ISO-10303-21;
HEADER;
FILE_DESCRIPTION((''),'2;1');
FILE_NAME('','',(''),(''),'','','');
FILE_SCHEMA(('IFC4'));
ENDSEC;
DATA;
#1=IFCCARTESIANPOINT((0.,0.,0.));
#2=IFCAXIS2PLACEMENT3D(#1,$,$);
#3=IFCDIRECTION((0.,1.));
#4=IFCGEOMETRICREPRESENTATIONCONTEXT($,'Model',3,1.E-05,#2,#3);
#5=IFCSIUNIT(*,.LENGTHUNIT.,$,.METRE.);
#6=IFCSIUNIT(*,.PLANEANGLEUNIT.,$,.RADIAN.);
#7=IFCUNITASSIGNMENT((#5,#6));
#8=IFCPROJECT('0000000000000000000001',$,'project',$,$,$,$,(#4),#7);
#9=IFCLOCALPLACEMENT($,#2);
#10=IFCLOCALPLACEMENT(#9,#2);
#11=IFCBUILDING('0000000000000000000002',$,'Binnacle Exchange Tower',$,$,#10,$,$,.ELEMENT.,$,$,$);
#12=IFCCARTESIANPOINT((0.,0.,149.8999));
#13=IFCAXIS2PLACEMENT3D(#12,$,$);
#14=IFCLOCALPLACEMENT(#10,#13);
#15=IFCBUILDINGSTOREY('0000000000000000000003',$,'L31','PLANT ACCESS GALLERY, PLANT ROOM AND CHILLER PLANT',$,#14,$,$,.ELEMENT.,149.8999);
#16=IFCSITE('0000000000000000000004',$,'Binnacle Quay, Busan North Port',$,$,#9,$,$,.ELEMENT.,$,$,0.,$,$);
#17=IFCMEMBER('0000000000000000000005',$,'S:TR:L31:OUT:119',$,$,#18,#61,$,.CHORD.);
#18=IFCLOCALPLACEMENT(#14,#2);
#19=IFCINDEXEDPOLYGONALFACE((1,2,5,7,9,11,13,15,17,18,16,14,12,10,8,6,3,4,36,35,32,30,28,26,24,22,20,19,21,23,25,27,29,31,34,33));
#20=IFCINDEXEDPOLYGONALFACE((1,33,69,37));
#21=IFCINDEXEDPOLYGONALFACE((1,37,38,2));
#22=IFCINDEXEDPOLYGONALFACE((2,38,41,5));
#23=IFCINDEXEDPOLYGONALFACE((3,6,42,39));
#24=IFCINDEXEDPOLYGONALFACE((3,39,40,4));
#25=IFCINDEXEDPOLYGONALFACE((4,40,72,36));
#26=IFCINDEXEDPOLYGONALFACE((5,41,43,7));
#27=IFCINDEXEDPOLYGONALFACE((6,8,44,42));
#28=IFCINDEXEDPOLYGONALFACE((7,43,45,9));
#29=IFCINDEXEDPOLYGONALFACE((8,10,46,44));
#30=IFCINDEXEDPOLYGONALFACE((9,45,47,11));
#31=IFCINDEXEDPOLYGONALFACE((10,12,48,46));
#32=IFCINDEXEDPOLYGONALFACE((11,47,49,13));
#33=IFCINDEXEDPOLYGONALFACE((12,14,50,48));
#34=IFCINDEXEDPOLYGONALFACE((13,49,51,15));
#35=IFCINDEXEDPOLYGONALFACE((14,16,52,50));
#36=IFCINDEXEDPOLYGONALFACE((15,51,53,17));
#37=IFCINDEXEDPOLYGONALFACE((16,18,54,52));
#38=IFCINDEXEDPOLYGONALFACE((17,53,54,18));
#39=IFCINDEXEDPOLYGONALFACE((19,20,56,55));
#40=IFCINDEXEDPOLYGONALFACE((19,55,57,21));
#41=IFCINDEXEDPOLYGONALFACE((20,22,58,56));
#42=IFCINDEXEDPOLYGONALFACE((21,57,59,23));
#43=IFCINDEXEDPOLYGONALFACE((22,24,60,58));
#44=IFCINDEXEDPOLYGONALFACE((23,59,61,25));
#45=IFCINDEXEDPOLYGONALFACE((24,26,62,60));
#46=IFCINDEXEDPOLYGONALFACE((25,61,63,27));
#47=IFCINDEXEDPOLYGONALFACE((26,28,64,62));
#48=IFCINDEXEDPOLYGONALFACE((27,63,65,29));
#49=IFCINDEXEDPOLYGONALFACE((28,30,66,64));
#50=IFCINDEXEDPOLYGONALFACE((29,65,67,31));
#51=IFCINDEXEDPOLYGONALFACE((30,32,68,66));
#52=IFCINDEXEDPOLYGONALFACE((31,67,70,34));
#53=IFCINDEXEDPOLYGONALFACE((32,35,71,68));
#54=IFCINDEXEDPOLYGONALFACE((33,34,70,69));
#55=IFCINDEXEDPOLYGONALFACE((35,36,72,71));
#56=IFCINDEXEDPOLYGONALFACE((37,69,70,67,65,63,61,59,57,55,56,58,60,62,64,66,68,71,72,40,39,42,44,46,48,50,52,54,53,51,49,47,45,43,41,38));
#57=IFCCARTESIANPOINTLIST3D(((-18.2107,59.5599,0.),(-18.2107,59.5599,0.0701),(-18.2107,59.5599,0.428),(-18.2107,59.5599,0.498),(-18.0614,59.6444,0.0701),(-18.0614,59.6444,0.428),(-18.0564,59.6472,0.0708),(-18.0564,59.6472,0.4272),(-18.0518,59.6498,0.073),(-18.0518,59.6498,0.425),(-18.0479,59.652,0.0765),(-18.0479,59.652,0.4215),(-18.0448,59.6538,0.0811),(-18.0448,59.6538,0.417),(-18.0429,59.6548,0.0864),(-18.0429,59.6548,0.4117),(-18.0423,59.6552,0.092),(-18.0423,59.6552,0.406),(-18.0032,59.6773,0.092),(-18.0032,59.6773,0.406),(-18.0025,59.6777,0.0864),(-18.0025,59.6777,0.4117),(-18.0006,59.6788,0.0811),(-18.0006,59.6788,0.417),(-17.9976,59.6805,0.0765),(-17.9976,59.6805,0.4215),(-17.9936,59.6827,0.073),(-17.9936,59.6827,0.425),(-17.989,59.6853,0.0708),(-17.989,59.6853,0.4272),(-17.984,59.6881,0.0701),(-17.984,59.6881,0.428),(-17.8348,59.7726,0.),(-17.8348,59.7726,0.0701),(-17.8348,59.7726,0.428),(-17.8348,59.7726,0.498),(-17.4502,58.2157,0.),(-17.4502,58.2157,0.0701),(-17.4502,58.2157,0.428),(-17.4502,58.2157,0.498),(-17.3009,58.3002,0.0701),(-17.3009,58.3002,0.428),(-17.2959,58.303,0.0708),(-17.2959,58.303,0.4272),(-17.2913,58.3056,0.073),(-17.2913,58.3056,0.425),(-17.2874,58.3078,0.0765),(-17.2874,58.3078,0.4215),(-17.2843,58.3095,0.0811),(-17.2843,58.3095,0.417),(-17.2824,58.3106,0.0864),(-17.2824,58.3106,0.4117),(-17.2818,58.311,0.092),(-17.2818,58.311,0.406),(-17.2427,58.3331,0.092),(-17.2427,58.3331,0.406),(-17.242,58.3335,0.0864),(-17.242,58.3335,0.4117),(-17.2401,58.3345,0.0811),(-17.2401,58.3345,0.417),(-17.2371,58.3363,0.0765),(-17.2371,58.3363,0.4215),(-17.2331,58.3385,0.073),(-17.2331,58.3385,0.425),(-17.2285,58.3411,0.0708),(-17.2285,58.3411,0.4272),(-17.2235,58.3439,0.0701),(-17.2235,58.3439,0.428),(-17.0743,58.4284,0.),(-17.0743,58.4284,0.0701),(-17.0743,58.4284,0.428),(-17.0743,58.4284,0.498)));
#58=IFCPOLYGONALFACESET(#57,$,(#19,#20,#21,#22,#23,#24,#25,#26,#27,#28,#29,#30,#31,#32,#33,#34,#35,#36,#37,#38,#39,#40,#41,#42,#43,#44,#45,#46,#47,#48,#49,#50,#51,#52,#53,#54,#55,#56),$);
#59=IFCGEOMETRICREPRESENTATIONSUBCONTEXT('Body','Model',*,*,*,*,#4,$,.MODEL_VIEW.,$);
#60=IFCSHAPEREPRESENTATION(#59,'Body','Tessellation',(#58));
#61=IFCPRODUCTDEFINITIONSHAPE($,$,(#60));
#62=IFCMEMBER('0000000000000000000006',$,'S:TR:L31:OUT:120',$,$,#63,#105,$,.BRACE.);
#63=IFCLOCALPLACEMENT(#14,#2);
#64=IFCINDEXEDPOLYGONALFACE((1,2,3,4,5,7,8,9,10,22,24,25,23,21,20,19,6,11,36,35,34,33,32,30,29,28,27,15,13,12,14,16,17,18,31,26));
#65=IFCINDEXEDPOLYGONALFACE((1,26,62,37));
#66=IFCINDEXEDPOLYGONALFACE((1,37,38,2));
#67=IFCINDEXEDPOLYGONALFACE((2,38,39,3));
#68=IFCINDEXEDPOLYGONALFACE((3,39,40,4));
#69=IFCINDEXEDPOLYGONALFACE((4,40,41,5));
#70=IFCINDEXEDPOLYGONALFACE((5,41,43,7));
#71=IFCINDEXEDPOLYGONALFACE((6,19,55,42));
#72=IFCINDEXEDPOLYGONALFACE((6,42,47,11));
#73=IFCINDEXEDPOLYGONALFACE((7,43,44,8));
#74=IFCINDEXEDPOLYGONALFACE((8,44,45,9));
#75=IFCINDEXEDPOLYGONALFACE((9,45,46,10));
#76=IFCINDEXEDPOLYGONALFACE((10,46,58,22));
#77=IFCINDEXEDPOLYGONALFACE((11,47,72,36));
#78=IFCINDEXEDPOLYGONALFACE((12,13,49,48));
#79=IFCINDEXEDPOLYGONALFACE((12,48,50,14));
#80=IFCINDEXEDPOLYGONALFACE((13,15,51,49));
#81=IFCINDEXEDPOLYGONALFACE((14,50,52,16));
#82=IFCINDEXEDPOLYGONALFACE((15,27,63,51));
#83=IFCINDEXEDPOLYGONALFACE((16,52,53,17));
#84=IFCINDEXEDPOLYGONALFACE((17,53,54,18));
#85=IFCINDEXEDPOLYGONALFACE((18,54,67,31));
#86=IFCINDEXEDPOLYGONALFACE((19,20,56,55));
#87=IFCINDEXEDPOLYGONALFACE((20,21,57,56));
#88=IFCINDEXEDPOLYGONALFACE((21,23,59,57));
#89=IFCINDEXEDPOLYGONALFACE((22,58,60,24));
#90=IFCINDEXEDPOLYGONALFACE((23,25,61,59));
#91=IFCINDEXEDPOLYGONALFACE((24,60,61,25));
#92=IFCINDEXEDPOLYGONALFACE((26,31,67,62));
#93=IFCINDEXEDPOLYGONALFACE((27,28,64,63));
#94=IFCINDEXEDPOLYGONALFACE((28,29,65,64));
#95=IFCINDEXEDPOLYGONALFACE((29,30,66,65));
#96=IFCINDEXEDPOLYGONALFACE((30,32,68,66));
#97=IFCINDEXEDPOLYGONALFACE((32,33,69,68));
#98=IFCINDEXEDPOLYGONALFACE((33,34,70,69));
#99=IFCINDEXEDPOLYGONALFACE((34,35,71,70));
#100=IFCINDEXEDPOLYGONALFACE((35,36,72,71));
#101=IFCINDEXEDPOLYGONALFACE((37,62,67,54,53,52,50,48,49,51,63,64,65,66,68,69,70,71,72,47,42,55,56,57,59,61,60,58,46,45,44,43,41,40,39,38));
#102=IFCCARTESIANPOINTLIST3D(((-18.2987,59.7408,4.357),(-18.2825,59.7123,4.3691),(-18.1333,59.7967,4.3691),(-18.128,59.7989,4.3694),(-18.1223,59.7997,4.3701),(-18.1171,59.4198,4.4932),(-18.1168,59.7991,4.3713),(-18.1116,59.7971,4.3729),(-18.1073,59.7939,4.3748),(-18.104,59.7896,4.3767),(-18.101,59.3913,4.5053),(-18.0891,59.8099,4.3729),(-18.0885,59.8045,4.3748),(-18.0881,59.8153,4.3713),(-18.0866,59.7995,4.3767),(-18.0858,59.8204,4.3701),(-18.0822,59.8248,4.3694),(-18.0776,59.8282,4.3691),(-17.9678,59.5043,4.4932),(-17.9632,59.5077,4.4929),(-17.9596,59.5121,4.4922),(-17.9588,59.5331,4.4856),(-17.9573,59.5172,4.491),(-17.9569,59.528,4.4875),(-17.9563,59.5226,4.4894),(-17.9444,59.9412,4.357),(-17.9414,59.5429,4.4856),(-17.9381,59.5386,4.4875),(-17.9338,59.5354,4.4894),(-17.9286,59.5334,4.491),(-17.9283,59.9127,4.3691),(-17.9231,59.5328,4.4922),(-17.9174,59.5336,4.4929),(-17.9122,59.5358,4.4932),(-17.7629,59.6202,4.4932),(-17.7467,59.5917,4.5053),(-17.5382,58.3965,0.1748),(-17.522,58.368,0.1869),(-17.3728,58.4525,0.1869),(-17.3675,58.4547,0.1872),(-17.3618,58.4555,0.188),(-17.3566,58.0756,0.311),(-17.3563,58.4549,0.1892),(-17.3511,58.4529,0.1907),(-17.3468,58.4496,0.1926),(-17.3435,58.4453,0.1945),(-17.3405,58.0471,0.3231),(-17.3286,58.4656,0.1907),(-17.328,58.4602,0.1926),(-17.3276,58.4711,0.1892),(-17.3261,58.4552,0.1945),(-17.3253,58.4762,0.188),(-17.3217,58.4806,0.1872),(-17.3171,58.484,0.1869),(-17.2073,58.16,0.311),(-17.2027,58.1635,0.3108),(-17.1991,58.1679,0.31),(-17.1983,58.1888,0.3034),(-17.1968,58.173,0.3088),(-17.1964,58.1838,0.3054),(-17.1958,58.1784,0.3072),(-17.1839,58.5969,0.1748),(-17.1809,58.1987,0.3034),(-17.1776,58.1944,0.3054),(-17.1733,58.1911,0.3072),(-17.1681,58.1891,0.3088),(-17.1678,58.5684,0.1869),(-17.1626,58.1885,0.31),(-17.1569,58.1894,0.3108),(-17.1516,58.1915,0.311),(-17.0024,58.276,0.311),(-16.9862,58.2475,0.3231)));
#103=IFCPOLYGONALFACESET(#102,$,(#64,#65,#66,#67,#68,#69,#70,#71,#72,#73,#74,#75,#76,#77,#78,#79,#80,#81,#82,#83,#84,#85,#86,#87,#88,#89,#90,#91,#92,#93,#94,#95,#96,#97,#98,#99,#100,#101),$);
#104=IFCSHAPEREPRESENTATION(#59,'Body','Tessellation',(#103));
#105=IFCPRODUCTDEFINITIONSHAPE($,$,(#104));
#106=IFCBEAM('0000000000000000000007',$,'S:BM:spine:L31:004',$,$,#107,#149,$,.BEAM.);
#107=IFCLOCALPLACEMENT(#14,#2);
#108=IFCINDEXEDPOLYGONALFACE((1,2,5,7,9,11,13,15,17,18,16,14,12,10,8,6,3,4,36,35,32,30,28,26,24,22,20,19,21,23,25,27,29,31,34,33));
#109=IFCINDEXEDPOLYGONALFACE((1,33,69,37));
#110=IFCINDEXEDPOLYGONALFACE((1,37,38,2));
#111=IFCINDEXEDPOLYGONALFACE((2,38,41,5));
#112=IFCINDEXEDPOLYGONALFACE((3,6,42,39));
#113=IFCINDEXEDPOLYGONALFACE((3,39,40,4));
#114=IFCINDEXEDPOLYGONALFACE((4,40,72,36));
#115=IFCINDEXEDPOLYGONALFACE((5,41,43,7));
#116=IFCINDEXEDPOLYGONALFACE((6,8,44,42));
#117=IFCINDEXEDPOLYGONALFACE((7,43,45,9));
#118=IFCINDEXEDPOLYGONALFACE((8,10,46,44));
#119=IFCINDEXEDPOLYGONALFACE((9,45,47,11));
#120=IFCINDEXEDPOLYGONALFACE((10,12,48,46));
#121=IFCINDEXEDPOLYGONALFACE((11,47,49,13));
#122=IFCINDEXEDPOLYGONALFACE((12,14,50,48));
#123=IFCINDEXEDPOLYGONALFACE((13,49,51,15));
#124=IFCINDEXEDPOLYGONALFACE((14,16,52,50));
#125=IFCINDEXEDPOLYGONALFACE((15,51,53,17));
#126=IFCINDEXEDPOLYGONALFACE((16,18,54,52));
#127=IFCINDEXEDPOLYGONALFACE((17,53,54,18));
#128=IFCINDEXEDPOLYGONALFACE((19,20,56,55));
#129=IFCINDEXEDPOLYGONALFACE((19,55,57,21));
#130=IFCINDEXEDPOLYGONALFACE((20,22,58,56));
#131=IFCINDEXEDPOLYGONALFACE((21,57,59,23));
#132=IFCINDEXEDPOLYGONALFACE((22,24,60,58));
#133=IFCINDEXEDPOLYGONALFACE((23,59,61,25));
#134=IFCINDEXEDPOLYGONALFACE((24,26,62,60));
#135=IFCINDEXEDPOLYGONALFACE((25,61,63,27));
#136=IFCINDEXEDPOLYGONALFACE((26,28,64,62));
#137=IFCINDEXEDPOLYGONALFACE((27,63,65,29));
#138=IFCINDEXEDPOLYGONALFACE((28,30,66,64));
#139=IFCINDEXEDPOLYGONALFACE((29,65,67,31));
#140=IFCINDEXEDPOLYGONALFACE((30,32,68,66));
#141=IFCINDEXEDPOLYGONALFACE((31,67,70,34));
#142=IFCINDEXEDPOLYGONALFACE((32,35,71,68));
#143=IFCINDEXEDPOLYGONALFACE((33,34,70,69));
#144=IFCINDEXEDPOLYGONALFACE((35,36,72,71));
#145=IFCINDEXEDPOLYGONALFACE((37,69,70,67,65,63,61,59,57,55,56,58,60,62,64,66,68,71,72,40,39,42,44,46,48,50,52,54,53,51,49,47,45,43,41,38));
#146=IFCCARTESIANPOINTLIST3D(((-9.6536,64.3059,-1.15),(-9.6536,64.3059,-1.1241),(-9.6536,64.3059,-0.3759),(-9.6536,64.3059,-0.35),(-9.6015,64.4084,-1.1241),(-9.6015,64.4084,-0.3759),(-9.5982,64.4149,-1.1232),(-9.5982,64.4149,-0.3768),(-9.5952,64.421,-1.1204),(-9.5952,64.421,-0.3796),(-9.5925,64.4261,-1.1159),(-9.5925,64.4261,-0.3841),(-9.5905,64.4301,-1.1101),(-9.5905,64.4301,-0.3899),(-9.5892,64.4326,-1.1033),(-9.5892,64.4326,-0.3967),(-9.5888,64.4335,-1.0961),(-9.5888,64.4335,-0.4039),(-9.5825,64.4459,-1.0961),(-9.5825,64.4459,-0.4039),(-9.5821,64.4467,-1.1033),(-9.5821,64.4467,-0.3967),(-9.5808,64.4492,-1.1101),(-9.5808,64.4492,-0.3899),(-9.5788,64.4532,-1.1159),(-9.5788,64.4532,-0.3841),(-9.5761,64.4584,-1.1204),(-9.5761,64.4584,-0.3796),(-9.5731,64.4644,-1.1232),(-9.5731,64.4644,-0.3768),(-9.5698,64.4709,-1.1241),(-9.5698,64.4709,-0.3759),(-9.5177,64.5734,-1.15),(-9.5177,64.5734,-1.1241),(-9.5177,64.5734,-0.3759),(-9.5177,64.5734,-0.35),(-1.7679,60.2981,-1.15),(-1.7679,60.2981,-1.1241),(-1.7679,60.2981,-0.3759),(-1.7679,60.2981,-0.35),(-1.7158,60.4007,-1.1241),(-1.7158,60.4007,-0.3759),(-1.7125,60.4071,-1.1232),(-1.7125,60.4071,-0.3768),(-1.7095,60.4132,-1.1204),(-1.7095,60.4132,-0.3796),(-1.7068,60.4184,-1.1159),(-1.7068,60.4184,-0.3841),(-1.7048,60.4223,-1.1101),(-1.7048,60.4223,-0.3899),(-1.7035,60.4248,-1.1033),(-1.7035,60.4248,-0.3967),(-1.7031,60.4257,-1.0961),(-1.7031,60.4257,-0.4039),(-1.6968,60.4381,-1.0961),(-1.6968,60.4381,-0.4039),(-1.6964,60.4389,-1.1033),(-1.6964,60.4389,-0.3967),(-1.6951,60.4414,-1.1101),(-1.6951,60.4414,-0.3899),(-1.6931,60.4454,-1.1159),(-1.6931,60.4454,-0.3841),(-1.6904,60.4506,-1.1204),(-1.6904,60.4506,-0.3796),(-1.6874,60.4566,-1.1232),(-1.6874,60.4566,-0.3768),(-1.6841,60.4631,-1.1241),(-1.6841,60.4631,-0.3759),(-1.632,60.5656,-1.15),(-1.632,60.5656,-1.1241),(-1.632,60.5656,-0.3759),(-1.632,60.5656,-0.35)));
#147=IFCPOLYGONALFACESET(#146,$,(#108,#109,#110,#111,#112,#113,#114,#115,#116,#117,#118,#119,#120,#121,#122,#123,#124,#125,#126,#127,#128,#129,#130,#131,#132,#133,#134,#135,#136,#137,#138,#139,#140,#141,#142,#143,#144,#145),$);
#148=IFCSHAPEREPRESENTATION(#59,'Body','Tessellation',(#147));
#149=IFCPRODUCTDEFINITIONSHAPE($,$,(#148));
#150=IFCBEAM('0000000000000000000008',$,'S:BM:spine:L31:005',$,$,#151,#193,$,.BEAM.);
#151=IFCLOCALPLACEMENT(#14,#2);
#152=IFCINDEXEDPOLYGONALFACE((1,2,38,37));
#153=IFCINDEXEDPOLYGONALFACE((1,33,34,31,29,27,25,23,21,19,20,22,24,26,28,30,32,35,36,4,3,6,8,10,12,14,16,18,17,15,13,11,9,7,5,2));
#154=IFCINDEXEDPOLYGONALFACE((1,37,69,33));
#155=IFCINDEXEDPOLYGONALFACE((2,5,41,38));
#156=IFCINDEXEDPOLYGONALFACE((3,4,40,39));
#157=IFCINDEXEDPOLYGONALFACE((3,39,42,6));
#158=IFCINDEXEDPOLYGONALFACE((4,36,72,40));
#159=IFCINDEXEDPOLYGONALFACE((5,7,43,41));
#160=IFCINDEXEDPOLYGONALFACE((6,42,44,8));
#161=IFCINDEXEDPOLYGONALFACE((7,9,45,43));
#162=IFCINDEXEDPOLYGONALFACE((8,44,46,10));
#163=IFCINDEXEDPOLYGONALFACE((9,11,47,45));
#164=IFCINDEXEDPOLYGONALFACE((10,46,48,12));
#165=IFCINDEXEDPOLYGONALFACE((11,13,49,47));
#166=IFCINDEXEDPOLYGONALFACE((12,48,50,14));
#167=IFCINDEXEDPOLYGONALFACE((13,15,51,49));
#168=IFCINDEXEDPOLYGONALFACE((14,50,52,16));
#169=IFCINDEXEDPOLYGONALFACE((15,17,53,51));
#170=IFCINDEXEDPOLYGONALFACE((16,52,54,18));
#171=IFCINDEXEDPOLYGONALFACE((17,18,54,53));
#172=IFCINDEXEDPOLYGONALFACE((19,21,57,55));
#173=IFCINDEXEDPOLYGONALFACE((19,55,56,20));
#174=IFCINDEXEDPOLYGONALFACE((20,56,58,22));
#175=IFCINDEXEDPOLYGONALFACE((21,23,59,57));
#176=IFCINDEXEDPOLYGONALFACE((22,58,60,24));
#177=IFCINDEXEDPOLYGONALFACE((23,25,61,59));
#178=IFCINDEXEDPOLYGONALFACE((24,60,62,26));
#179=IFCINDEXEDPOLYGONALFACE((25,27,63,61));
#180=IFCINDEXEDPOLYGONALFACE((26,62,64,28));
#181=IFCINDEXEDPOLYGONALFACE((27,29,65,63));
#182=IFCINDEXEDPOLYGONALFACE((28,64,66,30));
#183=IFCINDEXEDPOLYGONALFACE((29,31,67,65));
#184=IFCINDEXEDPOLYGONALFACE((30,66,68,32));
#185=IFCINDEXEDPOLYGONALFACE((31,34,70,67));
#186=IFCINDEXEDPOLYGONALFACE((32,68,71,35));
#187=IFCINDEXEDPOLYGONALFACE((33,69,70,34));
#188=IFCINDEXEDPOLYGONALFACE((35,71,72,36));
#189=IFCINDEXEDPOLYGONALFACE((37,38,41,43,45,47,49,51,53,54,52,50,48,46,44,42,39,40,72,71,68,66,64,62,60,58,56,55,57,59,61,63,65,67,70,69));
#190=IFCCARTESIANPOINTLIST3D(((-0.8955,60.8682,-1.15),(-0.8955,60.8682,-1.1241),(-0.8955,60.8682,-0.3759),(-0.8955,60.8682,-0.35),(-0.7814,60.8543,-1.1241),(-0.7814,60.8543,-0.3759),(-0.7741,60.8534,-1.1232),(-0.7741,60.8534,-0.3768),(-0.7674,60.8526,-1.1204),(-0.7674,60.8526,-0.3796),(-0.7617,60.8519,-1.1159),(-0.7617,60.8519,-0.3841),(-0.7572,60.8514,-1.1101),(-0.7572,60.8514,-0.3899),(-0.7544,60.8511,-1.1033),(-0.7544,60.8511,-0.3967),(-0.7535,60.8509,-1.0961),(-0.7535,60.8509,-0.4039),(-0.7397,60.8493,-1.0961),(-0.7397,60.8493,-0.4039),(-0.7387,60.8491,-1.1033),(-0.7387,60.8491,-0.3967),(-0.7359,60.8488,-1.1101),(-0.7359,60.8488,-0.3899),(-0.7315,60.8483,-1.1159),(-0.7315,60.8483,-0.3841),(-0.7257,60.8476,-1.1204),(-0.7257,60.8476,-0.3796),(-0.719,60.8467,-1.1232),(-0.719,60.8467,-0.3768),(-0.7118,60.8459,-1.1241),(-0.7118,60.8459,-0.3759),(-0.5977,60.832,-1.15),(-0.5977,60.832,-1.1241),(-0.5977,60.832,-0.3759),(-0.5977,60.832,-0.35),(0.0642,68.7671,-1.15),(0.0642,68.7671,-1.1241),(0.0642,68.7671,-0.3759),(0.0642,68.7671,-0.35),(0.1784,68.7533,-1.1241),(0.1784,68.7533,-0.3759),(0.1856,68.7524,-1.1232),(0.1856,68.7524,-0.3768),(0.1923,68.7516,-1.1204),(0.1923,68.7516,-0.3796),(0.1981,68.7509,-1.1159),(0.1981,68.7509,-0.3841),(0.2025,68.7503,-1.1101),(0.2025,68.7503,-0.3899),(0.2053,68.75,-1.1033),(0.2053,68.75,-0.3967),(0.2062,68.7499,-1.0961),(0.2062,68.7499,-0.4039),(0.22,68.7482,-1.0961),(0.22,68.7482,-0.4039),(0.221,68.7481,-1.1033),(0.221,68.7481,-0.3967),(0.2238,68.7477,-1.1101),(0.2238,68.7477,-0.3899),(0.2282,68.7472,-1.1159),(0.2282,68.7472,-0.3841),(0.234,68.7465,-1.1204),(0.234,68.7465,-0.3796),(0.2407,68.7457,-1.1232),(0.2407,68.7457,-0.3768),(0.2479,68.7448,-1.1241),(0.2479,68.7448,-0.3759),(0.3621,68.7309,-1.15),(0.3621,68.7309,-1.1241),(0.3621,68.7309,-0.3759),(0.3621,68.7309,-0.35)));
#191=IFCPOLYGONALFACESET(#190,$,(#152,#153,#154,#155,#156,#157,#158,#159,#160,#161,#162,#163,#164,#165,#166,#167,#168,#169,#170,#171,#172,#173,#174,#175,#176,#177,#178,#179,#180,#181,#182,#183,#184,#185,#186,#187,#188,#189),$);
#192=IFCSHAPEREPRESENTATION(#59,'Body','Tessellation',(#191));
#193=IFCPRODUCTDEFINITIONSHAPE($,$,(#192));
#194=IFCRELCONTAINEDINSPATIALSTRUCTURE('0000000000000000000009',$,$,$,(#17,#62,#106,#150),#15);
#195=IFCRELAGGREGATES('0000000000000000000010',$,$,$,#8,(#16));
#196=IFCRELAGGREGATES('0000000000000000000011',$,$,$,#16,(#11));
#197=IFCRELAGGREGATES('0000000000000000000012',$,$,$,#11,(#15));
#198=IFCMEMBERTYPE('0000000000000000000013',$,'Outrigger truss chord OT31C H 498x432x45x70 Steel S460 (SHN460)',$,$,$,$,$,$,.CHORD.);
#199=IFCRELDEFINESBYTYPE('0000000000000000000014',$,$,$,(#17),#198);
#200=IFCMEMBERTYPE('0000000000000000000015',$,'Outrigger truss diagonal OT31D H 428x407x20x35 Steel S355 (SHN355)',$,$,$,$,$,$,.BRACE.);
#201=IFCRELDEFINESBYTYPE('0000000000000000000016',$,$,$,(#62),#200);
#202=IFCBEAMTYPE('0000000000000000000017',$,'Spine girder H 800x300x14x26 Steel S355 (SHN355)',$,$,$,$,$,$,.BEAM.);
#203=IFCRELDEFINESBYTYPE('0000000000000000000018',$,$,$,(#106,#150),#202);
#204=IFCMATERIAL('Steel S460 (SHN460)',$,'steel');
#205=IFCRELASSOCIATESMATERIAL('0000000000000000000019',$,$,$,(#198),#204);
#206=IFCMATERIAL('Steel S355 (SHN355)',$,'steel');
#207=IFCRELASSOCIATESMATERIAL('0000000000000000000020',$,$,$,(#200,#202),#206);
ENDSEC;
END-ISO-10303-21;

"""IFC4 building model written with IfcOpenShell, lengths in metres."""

from ifc_helpers import new_model, si_unit, direction, frame, origin, origin_2d, place, context, subcontext, project, spatial, i_section, extrude, material, material_profile, profile_set, type_object, element, save


model = new_model("IFC4")

# Units and contexts
model_context = context("Model", 3, precision=1e-05, world=origin(), true_north=direction((0.0, 1.0)))
body_context = subcontext(model_context, "Body", "Model", "MODEL_VIEW")
ifc_project = project(units=[si_unit("LENGTHUNIT", "METRE"), si_unit("PLANEANGLEUNIT", "RADIAN")], contexts=[model_context])

# Site, building, storey
site_placement = place(None, origin())
site = spatial("IfcSite", under=ifc_project, at=site_placement, Name="Binnacle Quay, Busan North Port", CompositionType="ELEMENT", RefElevation=0.0)
building_placement = place(site_placement, origin())
building = spatial("IfcBuilding", under=site, at=building_placement, Name="Binnacle Exchange Tower", CompositionType="ELEMENT")
storey_placement = place(building_placement, frame((0.0, 0.0, 149.8999)))
storey = spatial("IfcBuildingStorey", under=building, at=storey_placement, Name="L31", Description="PLANT ACCESS GALLERY, PLANT ROOM AND CHILLER PLANT", CompositionType="ELEMENT", Elevation=149.8999)

# Shared definitions
ifc_material_1 = material(Name="Steel S460 (SHN460)", Category="steel")
ifc_material_2 = material(Name="Steel S355 (SHN355)", Category="steel")

# Members
ifc_material_profile_1 = material_profile(ifc_material_1, i_section(OverallWidth=0.4319, OverallDepth=0.498, WebThickness=0.0449, FlangeThickness=0.0701, FilletRadius=0.022, at=origin_2d()), Name="H 498x432x45x70")
ifc_profile_set_1 = profile_set([ifc_material_profile_1], Name="Steel S460 (SHN460)")
member_type_1 = type_object("IfcMemberType", Name="Outrigger truss chord OT31C H 498x432x45x70 Steel S460 (SHN460)", PredefinedType="CHORD", material=ifc_profile_set_1)
member_1_placement = place(storey_placement, frame((-18.0227, 59.6663, 0.249), z_axis=(0.492406, -0.870366, 0.0), x_axis=(0.870366, 0.492406, 0.0)))
element("IfcMember", 1, at=member_1_placement, inside=storey, type_object=member_type_1, Name="S:TR:L31:OUT:119", PredefinedType="CHORD", context=body_context, shape_type="SweptSolid", body=[
    extrude(i_section(OverallWidth=0.4319, OverallDepth=0.498, WebThickness=0.0449, FlangeThickness=0.0701, FilletRadius=0.022, at=origin_2d()), origin(), (0.0, 0.0, 1.0), 1.5444),
])
ifc_material_profile_2 = material_profile(ifc_material_2, i_section(OverallWidth=0.407, OverallDepth=0.428, WebThickness=0.02, FlangeThickness=0.0349, FilletRadius=0.022, at=origin_2d()), Name="H 428x407x20x35")
ifc_profile_set_2 = profile_set([ifc_material_profile_2], Name="Steel S355 (SHN355)")
member_type_2 = type_object("IfcMemberType", Name="Outrigger truss diagonal OT31D H 428x407x20x35 Steel S355 (SHN355)", PredefinedType="BRACE", material=ifc_profile_set_2)
member_2_placement = place(storey_placement, frame((-18.0227, 59.6663, 4.4312), z_axis=(0.170584, -0.30152, -0.938076), x_axis=(0.870366, 0.492406, 0.0)))
element("IfcMember", 2, at=member_2_placement, inside=storey, type_object=member_type_2, Name="S:TR:L31:OUT:120", PredefinedType="BRACE", context=body_context, shape_type="SweptSolid", body=[
    extrude(i_section(OverallWidth=0.407, OverallDepth=0.428, WebThickness=0.02, FlangeThickness=0.0349, FilletRadius=0.022, at=origin_2d()), origin(), (0.0, 0.0, 1.0), 4.4583),
])

# Beams
ifc_material_profile_3 = material_profile(ifc_material_2, i_section(OverallWidth=0.3, OverallDepth=0.8, WebThickness=0.0139, FlangeThickness=0.0259, FilletRadius=0.0281, at=origin_2d()), Name="H 800x300x14x26")
ifc_profile_set_3 = profile_set([ifc_material_profile_3], Name="Steel S355 (SHN355)")
beam_type_1 = type_object("IfcBeamType", Name="Spine girder H 800x300x14x26 Steel S355 (SHN355)", PredefinedType="BEAM", material=ifc_profile_set_3)
beam_1_placement = place(storey_placement, frame((-1.7, 60.4319, -0.75), z_axis=(-0.891471, 0.453077, 0.0), x_axis=(-0.453077, -0.891471, 0.0)))
element("IfcBeam", 3, at=beam_1_placement, inside=storey, type_object=beam_type_1, Name="S:BM:spine:L31:004", PredefinedType="BEAM", context=body_context, shape_type="SweptSolid", body=[
    extrude(i_section(OverallWidth=0.3, OverallDepth=0.8, WebThickness=0.0139, FlangeThickness=0.0259, FilletRadius=0.0281, at=origin_2d()), origin(), (0.0, 0.0, 1.0), 8.8457),
])
beam_2_placement = place(storey_placement, frame((-0.7466, 60.8501, -0.75), z_axis=(0.120613, 0.9927, 0.0), x_axis=(-0.9927, 0.120613, 0.0)))
element("IfcBeam", 4, at=beam_2_placement, inside=storey, type_object=beam_type_1, Name="S:BM:spine:L31:005", PredefinedType="BEAM", context=body_context, shape_type="SweptSolid", body=[
    extrude(i_section(OverallWidth=0.3, OverallDepth=0.8, WebThickness=0.0139, FlangeThickness=0.0259, FilletRadius=0.0281, at=origin_2d()), origin(), (0.0, 0.0, 1.0), 7.957),
])

save(model, "model.ifc")
